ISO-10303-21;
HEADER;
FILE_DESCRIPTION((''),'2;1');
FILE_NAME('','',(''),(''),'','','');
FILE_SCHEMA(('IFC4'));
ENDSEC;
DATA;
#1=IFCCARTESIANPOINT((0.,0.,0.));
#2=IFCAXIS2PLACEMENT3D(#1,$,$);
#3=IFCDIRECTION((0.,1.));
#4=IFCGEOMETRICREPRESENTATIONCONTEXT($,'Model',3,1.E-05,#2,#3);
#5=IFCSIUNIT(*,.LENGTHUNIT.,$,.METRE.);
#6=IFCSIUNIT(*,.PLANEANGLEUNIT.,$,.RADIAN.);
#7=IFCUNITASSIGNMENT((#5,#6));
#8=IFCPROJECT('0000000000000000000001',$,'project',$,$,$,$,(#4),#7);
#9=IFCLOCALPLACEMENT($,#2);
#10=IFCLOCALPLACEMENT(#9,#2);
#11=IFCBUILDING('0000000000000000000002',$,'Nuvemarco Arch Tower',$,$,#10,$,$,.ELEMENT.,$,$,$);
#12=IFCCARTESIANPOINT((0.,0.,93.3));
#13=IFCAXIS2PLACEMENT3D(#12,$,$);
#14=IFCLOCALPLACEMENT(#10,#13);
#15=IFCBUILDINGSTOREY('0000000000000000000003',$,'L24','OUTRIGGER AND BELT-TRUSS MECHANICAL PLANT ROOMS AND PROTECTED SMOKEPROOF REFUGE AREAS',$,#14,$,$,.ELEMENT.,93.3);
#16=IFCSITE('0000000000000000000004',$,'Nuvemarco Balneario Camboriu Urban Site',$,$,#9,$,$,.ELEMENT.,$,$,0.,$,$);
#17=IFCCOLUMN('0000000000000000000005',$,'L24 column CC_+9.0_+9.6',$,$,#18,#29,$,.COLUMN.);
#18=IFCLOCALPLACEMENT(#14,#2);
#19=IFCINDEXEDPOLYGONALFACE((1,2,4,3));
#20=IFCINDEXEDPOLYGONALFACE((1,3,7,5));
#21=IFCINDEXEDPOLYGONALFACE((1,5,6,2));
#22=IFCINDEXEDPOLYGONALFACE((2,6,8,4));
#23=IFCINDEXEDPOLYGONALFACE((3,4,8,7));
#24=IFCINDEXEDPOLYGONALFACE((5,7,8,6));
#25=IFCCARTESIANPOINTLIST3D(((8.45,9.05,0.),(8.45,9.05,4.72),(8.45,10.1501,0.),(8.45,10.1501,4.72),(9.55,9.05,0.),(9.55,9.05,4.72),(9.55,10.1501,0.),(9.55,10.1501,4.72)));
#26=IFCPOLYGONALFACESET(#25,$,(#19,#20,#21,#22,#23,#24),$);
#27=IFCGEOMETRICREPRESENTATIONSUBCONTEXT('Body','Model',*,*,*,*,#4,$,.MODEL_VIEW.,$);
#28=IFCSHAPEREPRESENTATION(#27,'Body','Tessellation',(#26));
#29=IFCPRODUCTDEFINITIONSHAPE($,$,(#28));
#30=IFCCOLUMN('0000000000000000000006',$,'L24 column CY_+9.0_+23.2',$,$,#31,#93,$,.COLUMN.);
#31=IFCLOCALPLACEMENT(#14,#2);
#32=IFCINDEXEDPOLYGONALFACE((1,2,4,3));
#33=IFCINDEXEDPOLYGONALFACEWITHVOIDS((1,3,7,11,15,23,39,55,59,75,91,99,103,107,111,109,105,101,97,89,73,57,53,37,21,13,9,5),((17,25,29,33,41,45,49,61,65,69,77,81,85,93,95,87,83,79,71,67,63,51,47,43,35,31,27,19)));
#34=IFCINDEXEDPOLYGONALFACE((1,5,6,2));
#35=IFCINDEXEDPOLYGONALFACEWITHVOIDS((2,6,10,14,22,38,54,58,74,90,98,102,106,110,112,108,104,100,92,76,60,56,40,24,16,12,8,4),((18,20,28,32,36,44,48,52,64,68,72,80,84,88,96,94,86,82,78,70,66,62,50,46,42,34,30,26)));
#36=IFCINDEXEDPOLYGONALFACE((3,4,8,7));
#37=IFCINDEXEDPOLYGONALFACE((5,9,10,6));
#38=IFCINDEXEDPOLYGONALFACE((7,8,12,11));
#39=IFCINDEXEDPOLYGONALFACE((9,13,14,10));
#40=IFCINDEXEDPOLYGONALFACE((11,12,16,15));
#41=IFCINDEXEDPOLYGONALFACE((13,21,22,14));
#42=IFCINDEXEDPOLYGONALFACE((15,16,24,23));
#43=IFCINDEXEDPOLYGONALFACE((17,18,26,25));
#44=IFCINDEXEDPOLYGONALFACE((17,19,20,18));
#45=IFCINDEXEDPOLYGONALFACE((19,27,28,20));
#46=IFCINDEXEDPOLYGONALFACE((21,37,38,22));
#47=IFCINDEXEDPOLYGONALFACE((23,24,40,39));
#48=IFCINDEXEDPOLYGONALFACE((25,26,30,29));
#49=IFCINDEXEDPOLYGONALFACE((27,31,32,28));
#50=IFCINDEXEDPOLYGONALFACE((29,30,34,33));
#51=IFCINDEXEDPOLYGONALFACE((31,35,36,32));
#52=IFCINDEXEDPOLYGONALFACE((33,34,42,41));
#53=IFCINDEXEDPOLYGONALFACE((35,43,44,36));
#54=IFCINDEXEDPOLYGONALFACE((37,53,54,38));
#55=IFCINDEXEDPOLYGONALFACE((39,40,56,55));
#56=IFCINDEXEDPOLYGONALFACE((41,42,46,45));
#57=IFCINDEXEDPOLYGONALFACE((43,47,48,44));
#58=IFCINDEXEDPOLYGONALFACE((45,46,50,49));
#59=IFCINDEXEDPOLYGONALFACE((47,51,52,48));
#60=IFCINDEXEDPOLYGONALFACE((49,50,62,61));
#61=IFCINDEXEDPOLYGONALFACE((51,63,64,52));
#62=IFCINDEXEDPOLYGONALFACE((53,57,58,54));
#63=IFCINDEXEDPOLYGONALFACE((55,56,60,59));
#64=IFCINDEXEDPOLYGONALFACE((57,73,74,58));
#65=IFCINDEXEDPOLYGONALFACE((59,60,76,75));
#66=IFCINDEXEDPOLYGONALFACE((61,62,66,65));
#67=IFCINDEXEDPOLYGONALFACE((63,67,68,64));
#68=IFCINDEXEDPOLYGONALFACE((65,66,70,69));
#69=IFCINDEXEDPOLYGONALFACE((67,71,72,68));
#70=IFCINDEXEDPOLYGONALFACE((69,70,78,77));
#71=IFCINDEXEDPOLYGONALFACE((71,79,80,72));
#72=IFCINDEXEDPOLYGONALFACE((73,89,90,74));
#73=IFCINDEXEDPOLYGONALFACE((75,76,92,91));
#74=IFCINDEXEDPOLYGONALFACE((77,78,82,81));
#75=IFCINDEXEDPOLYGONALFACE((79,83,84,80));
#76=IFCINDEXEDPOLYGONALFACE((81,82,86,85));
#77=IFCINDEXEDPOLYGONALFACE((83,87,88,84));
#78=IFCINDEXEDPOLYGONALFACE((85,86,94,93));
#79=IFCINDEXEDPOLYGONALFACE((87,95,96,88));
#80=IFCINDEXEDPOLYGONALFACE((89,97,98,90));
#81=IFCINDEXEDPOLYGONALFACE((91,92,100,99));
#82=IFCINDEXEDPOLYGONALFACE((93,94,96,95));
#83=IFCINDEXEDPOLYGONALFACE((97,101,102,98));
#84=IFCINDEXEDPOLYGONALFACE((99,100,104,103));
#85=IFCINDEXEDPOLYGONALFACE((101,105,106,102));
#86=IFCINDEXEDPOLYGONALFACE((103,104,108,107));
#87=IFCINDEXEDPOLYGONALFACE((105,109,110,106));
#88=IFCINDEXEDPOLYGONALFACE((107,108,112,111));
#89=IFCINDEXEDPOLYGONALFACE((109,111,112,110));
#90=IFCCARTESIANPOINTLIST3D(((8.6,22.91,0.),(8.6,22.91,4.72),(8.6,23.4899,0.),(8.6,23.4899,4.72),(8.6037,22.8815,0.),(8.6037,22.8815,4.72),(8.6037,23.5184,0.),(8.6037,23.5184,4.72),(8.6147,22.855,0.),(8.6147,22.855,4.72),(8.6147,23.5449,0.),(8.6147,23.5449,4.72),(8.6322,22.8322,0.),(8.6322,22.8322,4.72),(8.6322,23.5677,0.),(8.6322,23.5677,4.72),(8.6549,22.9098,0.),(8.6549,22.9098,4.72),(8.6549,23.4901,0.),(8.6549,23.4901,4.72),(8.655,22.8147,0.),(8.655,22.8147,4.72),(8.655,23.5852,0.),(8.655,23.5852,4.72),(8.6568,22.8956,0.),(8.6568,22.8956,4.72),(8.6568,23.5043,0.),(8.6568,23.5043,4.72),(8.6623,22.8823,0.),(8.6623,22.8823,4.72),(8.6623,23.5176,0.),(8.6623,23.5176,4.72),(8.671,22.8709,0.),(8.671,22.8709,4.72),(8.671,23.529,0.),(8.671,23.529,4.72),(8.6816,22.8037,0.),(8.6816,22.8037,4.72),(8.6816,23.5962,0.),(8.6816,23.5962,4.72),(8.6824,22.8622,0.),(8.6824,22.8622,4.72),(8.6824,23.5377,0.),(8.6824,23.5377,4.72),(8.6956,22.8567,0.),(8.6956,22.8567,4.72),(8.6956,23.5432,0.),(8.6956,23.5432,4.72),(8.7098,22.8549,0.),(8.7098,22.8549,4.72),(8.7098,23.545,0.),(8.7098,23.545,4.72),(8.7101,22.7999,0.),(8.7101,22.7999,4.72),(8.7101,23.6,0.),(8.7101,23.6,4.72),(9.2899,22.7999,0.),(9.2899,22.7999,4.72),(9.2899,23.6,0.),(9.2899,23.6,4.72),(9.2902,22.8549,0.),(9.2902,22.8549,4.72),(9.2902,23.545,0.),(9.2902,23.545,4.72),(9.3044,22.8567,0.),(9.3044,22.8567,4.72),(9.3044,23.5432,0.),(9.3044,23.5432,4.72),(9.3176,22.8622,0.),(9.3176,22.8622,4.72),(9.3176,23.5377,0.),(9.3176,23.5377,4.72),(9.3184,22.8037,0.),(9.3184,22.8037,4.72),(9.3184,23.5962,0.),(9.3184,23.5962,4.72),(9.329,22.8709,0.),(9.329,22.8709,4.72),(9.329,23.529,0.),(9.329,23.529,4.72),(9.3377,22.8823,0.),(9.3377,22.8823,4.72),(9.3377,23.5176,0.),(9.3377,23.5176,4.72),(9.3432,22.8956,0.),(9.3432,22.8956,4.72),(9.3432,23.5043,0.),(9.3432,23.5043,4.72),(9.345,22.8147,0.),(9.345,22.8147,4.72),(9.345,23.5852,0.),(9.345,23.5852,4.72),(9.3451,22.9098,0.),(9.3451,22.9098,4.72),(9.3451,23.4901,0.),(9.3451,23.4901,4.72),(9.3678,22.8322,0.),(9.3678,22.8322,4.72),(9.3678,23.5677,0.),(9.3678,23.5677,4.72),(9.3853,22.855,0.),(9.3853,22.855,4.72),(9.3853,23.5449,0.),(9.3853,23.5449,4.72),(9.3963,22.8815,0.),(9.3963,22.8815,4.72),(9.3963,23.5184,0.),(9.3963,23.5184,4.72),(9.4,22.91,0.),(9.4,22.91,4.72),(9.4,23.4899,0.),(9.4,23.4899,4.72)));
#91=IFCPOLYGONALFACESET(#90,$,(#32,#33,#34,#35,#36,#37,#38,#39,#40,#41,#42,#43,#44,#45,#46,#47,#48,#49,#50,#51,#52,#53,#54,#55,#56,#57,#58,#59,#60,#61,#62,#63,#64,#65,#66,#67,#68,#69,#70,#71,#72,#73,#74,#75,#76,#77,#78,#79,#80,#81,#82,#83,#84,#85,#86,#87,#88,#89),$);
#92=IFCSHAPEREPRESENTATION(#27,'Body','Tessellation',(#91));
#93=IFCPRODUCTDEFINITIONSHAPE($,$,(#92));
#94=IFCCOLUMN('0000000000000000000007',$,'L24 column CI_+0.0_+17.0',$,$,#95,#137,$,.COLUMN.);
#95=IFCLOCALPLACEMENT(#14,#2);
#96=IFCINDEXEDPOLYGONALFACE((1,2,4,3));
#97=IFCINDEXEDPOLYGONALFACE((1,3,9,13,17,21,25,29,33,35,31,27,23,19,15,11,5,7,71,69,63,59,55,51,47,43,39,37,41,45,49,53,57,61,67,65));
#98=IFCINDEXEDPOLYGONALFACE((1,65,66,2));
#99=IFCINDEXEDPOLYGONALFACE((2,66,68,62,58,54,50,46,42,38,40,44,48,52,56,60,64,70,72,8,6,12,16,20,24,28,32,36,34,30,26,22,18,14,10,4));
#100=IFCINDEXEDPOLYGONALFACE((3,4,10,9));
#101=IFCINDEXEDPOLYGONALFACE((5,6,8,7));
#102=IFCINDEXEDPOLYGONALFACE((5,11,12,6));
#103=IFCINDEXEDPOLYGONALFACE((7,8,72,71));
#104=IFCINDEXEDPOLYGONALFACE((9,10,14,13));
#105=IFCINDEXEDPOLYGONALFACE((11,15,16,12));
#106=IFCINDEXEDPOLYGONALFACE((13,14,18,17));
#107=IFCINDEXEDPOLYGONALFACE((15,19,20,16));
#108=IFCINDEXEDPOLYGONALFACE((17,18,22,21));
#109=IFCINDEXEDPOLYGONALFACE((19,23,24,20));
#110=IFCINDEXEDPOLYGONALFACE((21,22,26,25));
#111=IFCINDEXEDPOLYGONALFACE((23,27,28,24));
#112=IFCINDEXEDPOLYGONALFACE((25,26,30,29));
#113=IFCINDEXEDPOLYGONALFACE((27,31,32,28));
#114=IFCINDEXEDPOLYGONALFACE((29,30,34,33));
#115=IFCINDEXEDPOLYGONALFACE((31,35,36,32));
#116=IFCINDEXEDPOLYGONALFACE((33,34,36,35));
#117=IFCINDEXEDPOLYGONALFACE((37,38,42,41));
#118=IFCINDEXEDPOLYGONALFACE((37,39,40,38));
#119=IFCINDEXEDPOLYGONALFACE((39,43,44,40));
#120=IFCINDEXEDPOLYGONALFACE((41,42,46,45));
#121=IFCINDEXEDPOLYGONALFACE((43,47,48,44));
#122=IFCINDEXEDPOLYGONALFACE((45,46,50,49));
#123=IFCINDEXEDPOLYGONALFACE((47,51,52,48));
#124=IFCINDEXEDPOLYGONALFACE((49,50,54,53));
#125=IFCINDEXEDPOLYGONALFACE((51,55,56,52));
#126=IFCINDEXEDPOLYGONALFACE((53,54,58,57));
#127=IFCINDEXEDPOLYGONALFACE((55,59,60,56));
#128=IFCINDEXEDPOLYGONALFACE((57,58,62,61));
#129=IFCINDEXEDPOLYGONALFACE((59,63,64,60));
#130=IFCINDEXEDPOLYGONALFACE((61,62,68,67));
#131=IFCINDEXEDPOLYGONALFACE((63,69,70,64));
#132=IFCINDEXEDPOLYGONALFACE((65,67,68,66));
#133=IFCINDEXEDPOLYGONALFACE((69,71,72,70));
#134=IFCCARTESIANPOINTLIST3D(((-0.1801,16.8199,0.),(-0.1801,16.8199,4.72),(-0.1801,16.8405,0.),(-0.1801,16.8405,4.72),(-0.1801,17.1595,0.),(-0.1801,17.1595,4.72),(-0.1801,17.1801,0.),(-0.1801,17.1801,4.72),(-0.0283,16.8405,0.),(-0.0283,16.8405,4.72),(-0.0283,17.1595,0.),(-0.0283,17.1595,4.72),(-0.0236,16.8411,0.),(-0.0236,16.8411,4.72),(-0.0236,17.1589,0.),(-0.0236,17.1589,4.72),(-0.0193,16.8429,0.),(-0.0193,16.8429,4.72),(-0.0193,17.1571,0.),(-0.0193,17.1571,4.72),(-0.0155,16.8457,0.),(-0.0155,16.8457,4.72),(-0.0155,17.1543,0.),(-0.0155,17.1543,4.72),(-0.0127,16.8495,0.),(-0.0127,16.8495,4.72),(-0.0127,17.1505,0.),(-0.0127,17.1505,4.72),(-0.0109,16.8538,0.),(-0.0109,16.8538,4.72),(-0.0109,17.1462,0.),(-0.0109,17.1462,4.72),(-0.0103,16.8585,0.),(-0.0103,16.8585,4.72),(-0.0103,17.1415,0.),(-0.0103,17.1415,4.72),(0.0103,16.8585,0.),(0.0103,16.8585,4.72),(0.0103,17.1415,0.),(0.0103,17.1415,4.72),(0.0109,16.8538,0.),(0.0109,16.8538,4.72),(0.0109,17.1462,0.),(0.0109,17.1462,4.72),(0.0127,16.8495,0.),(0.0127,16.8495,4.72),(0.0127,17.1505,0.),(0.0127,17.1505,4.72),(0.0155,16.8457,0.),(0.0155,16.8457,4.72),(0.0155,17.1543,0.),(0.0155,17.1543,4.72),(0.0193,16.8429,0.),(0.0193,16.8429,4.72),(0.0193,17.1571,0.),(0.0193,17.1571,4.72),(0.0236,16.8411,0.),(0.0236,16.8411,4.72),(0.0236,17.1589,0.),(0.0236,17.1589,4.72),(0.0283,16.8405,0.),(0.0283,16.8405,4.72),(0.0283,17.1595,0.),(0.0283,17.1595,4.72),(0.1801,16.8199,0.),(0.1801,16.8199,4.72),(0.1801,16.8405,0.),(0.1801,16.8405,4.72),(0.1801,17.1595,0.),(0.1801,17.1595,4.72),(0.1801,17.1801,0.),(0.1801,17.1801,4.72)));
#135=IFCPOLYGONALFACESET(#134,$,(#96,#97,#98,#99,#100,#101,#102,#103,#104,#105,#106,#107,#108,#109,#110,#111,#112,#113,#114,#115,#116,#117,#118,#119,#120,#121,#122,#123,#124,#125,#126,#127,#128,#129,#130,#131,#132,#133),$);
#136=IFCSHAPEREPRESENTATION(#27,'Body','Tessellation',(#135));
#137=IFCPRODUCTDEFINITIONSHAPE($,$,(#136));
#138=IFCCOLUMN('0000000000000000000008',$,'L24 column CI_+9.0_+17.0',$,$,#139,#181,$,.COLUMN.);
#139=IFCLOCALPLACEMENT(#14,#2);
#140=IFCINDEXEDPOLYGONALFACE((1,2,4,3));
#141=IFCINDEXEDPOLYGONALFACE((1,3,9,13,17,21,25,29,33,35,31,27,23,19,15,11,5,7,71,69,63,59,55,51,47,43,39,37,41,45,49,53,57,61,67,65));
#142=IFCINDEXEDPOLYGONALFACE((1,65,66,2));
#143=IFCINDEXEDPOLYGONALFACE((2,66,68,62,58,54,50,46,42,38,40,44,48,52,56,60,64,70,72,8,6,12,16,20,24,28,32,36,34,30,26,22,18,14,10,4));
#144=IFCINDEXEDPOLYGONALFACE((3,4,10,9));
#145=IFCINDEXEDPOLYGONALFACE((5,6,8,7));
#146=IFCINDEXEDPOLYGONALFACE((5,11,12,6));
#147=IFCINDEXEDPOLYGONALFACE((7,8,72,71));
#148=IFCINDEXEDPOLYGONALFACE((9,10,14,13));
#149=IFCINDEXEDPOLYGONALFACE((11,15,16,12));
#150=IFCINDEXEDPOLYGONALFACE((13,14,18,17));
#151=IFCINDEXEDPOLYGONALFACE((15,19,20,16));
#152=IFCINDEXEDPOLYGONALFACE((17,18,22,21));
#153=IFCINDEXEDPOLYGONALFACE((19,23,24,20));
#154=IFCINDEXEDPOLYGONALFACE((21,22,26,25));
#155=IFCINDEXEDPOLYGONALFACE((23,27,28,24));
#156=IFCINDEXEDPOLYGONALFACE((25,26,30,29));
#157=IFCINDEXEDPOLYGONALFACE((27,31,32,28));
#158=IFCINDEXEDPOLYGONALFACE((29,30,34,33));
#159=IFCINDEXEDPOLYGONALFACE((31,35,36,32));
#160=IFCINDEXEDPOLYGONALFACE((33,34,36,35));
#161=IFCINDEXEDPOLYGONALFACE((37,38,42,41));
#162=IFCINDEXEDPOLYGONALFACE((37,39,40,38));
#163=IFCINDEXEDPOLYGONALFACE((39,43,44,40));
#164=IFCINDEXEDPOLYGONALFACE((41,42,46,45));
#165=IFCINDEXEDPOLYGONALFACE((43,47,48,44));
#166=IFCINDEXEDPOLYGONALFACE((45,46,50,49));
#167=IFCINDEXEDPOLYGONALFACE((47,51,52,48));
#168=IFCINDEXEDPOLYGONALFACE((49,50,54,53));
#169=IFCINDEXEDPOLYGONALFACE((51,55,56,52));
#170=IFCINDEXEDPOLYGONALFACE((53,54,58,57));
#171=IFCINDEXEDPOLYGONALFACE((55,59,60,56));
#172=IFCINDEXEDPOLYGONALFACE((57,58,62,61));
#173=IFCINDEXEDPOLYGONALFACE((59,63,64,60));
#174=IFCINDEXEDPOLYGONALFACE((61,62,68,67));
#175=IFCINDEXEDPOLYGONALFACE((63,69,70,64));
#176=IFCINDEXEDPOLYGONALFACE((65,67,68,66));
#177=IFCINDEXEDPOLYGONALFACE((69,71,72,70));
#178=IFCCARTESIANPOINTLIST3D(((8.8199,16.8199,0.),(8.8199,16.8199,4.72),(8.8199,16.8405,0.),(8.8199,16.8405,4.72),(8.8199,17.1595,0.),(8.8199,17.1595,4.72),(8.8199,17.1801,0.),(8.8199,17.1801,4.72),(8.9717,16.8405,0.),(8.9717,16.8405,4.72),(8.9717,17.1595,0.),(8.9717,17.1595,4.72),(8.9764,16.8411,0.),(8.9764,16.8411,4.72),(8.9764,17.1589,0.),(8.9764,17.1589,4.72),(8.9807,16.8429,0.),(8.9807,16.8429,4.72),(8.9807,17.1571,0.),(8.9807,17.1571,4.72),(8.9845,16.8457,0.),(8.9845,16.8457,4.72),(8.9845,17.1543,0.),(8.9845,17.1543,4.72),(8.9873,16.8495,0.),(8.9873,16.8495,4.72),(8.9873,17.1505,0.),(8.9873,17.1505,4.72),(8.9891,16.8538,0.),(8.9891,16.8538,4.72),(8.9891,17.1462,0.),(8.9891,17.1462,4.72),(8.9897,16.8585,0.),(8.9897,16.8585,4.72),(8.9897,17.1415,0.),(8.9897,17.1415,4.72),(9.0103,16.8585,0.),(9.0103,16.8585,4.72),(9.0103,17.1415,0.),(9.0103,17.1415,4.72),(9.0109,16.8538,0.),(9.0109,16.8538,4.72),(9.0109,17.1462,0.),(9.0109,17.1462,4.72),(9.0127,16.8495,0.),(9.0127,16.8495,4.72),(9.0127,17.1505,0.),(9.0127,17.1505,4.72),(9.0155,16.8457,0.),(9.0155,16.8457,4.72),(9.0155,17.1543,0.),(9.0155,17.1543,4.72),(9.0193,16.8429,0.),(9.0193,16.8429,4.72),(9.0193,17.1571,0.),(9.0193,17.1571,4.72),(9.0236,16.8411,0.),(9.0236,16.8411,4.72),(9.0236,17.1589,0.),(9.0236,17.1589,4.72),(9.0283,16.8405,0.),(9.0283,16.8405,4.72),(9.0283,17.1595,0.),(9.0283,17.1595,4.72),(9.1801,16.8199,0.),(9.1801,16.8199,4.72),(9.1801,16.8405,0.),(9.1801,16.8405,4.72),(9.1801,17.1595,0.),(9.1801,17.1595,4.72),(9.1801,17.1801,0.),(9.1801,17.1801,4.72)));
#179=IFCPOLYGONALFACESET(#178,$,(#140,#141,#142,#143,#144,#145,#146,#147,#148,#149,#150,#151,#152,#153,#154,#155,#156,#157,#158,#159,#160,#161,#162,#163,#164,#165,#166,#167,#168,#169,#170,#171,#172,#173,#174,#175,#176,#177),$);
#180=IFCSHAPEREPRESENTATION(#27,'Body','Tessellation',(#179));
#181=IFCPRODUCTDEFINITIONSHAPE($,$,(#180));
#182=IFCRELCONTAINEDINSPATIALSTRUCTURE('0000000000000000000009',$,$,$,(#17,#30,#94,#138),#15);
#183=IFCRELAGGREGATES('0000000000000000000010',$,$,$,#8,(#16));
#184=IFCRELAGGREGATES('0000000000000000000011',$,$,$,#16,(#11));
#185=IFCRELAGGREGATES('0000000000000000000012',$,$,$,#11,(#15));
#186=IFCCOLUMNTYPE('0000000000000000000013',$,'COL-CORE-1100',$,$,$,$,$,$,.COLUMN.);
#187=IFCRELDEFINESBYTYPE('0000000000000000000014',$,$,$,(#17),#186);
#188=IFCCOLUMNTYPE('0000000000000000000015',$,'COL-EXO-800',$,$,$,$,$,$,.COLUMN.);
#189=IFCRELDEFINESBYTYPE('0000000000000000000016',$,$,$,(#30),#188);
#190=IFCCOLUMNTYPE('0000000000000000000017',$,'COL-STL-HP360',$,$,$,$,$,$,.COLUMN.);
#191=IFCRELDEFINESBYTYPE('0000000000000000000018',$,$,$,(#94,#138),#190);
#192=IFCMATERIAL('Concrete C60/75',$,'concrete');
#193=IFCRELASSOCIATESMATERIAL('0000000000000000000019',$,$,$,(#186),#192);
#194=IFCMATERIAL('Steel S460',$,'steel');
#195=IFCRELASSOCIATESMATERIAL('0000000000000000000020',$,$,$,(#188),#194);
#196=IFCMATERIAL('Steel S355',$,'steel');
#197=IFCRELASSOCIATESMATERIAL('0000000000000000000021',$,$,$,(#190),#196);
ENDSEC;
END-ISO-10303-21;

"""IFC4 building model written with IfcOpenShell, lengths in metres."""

from ifc_helpers import new_model, si_unit, direction, frame, origin, origin_2d, place, context, subcontext, project, spatial, rectangle, hollow_rectangle, i_section, extrude, material, material_profile, profile_set, type_object, element, save


model = new_model("IFC4")

# Units and contexts
model_context = context("Model", 3, precision=1e-05, world=origin(), true_north=direction((0.0, 1.0)))
body_context = subcontext(model_context, "Body", "Model", "MODEL_VIEW")
ifc_project = project(units=[si_unit("LENGTHUNIT", "METRE"), si_unit("PLANEANGLEUNIT", "RADIAN")], contexts=[model_context])

# Site, building, storey
site_placement = place(None, origin())
site = spatial("IfcSite", under=ifc_project, at=site_placement, Name="Nuvemarco Balneario Camboriu Urban Site", CompositionType="ELEMENT", RefElevation=0.0)
building_placement = place(site_placement, origin())
building = spatial("IfcBuilding", under=site, at=building_placement, Name="Nuvemarco Arch Tower", CompositionType="ELEMENT")
storey_placement = place(building_placement, frame((0.0, 0.0, 93.3)))
storey = spatial("IfcBuildingStorey", under=building, at=storey_placement, Name="L24", Description="OUTRIGGER AND BELT-TRUSS MECHANICAL PLANT ROOMS AND PROTECTED SMOKEPROOF REFUGE AREAS", CompositionType="ELEMENT", Elevation=93.3)

# Columns
ifc_material_1 = material(Name="Concrete C60/75", Category="concrete")
ifc_material_profile_1 = material_profile(ifc_material_1, rectangle(XDim=1.1001, YDim=1.1001, at=origin_2d()), Name="RC-COL-1100x1100")
ifc_profile_set_1 = profile_set([ifc_material_profile_1], Name="Concrete C60/75")
column_type_1 = type_object("IfcColumnType", Name="COL-CORE-1100", PredefinedType="COLUMN", material=ifc_profile_set_1)
column_1_placement = place(storey_placement, frame((9.0, 9.6001, 0.0), z_axis=(0.0, 0.0, 1.0), x_axis=(1.0, 0.0, 0.0)))
element("IfcColumn", 1, at=column_1_placement, inside=storey, type_object=column_type_1, Name="L24 column CC_+9.0_+9.6", PredefinedType="COLUMN", context=body_context, shape_type="SweptSolid", body=[
    extrude(rectangle(XDim=1.1001, YDim=1.1001, at=origin_2d()), origin(), (0.0, 0.0, 1.0), 4.72),
])
ifc_material_2 = material(Name="Steel S460", Category="steel")
ifc_material_profile_2 = material_profile(ifc_material_2, hollow_rectangle(XDim=0.8, YDim=0.8, WallThickness=0.0549, InnerFilletRadius=0.0549, OuterFilletRadius=0.1101, at=origin_2d()), Name="SHS800x800x55")
ifc_profile_set_2 = profile_set([ifc_material_profile_2], Name="Steel S460")
column_type_2 = type_object("IfcColumnType", Name="COL-EXO-800", PredefinedType="COLUMN", material=ifc_profile_set_2)
column_2_placement = place(storey_placement, frame((9.0, 23.2, 0.0), z_axis=(0.0, 0.0, 1.0), x_axis=(1.0, 0.0, 0.0)))
element("IfcColumn", 2, at=column_2_placement, inside=storey, type_object=column_type_2, Name="L24 column CY_+9.0_+23.2", PredefinedType="COLUMN", context=body_context, shape_type="SweptSolid", body=[
    extrude(hollow_rectangle(XDim=0.8, YDim=0.8, WallThickness=0.0549, InnerFilletRadius=0.0549, OuterFilletRadius=0.1101, at=origin_2d()), origin(), (0.0, 0.0, 1.0), 4.72),
])
ifc_material_3 = material(Name="Steel S355", Category="steel")
ifc_material_profile_3 = material_profile(ifc_material_3, i_section(OverallWidth=0.3601, OverallDepth=0.3601, WebThickness=0.0205, FlangeThickness=0.0205, FilletRadius=0.0181, at=origin_2d()), Name="HP360x174")
ifc_profile_set_3 = profile_set([ifc_material_profile_3], Name="Steel S355")
column_type_3 = type_object("IfcColumnType", Name="COL-STL-HP360", PredefinedType="COLUMN", material=ifc_profile_set_3)
for number, where, z_axis, x_axis, name in (
    (3, (0.0, 17.0, 0.0), (0.0, 0.0, 1.0), (1.0, 0.0, 0.0), "L24 column CI_+0.0_+17.0"),
    (4, (9.0, 17.0, 0.0), (0.0, 0.0, 1.0), (1.0, 0.0, 0.0), "L24 column CI_+9.0_+17.0"),
):
    element("IfcColumn", number, at=place(storey_placement, frame(where, z_axis=z_axis, x_axis=x_axis)), inside=storey, type_object=column_type_3, Name=name, PredefinedType="COLUMN", context=body_context, shape_type="SweptSolid", body=[
        extrude(i_section(OverallWidth=0.3601, OverallDepth=0.3601, WebThickness=0.0205, FlangeThickness=0.0205, FilletRadius=0.0181, at=origin_2d()), origin(), (0.0, 0.0, 1.0), 4.72),
    ])

save(model, "model.ifc")
